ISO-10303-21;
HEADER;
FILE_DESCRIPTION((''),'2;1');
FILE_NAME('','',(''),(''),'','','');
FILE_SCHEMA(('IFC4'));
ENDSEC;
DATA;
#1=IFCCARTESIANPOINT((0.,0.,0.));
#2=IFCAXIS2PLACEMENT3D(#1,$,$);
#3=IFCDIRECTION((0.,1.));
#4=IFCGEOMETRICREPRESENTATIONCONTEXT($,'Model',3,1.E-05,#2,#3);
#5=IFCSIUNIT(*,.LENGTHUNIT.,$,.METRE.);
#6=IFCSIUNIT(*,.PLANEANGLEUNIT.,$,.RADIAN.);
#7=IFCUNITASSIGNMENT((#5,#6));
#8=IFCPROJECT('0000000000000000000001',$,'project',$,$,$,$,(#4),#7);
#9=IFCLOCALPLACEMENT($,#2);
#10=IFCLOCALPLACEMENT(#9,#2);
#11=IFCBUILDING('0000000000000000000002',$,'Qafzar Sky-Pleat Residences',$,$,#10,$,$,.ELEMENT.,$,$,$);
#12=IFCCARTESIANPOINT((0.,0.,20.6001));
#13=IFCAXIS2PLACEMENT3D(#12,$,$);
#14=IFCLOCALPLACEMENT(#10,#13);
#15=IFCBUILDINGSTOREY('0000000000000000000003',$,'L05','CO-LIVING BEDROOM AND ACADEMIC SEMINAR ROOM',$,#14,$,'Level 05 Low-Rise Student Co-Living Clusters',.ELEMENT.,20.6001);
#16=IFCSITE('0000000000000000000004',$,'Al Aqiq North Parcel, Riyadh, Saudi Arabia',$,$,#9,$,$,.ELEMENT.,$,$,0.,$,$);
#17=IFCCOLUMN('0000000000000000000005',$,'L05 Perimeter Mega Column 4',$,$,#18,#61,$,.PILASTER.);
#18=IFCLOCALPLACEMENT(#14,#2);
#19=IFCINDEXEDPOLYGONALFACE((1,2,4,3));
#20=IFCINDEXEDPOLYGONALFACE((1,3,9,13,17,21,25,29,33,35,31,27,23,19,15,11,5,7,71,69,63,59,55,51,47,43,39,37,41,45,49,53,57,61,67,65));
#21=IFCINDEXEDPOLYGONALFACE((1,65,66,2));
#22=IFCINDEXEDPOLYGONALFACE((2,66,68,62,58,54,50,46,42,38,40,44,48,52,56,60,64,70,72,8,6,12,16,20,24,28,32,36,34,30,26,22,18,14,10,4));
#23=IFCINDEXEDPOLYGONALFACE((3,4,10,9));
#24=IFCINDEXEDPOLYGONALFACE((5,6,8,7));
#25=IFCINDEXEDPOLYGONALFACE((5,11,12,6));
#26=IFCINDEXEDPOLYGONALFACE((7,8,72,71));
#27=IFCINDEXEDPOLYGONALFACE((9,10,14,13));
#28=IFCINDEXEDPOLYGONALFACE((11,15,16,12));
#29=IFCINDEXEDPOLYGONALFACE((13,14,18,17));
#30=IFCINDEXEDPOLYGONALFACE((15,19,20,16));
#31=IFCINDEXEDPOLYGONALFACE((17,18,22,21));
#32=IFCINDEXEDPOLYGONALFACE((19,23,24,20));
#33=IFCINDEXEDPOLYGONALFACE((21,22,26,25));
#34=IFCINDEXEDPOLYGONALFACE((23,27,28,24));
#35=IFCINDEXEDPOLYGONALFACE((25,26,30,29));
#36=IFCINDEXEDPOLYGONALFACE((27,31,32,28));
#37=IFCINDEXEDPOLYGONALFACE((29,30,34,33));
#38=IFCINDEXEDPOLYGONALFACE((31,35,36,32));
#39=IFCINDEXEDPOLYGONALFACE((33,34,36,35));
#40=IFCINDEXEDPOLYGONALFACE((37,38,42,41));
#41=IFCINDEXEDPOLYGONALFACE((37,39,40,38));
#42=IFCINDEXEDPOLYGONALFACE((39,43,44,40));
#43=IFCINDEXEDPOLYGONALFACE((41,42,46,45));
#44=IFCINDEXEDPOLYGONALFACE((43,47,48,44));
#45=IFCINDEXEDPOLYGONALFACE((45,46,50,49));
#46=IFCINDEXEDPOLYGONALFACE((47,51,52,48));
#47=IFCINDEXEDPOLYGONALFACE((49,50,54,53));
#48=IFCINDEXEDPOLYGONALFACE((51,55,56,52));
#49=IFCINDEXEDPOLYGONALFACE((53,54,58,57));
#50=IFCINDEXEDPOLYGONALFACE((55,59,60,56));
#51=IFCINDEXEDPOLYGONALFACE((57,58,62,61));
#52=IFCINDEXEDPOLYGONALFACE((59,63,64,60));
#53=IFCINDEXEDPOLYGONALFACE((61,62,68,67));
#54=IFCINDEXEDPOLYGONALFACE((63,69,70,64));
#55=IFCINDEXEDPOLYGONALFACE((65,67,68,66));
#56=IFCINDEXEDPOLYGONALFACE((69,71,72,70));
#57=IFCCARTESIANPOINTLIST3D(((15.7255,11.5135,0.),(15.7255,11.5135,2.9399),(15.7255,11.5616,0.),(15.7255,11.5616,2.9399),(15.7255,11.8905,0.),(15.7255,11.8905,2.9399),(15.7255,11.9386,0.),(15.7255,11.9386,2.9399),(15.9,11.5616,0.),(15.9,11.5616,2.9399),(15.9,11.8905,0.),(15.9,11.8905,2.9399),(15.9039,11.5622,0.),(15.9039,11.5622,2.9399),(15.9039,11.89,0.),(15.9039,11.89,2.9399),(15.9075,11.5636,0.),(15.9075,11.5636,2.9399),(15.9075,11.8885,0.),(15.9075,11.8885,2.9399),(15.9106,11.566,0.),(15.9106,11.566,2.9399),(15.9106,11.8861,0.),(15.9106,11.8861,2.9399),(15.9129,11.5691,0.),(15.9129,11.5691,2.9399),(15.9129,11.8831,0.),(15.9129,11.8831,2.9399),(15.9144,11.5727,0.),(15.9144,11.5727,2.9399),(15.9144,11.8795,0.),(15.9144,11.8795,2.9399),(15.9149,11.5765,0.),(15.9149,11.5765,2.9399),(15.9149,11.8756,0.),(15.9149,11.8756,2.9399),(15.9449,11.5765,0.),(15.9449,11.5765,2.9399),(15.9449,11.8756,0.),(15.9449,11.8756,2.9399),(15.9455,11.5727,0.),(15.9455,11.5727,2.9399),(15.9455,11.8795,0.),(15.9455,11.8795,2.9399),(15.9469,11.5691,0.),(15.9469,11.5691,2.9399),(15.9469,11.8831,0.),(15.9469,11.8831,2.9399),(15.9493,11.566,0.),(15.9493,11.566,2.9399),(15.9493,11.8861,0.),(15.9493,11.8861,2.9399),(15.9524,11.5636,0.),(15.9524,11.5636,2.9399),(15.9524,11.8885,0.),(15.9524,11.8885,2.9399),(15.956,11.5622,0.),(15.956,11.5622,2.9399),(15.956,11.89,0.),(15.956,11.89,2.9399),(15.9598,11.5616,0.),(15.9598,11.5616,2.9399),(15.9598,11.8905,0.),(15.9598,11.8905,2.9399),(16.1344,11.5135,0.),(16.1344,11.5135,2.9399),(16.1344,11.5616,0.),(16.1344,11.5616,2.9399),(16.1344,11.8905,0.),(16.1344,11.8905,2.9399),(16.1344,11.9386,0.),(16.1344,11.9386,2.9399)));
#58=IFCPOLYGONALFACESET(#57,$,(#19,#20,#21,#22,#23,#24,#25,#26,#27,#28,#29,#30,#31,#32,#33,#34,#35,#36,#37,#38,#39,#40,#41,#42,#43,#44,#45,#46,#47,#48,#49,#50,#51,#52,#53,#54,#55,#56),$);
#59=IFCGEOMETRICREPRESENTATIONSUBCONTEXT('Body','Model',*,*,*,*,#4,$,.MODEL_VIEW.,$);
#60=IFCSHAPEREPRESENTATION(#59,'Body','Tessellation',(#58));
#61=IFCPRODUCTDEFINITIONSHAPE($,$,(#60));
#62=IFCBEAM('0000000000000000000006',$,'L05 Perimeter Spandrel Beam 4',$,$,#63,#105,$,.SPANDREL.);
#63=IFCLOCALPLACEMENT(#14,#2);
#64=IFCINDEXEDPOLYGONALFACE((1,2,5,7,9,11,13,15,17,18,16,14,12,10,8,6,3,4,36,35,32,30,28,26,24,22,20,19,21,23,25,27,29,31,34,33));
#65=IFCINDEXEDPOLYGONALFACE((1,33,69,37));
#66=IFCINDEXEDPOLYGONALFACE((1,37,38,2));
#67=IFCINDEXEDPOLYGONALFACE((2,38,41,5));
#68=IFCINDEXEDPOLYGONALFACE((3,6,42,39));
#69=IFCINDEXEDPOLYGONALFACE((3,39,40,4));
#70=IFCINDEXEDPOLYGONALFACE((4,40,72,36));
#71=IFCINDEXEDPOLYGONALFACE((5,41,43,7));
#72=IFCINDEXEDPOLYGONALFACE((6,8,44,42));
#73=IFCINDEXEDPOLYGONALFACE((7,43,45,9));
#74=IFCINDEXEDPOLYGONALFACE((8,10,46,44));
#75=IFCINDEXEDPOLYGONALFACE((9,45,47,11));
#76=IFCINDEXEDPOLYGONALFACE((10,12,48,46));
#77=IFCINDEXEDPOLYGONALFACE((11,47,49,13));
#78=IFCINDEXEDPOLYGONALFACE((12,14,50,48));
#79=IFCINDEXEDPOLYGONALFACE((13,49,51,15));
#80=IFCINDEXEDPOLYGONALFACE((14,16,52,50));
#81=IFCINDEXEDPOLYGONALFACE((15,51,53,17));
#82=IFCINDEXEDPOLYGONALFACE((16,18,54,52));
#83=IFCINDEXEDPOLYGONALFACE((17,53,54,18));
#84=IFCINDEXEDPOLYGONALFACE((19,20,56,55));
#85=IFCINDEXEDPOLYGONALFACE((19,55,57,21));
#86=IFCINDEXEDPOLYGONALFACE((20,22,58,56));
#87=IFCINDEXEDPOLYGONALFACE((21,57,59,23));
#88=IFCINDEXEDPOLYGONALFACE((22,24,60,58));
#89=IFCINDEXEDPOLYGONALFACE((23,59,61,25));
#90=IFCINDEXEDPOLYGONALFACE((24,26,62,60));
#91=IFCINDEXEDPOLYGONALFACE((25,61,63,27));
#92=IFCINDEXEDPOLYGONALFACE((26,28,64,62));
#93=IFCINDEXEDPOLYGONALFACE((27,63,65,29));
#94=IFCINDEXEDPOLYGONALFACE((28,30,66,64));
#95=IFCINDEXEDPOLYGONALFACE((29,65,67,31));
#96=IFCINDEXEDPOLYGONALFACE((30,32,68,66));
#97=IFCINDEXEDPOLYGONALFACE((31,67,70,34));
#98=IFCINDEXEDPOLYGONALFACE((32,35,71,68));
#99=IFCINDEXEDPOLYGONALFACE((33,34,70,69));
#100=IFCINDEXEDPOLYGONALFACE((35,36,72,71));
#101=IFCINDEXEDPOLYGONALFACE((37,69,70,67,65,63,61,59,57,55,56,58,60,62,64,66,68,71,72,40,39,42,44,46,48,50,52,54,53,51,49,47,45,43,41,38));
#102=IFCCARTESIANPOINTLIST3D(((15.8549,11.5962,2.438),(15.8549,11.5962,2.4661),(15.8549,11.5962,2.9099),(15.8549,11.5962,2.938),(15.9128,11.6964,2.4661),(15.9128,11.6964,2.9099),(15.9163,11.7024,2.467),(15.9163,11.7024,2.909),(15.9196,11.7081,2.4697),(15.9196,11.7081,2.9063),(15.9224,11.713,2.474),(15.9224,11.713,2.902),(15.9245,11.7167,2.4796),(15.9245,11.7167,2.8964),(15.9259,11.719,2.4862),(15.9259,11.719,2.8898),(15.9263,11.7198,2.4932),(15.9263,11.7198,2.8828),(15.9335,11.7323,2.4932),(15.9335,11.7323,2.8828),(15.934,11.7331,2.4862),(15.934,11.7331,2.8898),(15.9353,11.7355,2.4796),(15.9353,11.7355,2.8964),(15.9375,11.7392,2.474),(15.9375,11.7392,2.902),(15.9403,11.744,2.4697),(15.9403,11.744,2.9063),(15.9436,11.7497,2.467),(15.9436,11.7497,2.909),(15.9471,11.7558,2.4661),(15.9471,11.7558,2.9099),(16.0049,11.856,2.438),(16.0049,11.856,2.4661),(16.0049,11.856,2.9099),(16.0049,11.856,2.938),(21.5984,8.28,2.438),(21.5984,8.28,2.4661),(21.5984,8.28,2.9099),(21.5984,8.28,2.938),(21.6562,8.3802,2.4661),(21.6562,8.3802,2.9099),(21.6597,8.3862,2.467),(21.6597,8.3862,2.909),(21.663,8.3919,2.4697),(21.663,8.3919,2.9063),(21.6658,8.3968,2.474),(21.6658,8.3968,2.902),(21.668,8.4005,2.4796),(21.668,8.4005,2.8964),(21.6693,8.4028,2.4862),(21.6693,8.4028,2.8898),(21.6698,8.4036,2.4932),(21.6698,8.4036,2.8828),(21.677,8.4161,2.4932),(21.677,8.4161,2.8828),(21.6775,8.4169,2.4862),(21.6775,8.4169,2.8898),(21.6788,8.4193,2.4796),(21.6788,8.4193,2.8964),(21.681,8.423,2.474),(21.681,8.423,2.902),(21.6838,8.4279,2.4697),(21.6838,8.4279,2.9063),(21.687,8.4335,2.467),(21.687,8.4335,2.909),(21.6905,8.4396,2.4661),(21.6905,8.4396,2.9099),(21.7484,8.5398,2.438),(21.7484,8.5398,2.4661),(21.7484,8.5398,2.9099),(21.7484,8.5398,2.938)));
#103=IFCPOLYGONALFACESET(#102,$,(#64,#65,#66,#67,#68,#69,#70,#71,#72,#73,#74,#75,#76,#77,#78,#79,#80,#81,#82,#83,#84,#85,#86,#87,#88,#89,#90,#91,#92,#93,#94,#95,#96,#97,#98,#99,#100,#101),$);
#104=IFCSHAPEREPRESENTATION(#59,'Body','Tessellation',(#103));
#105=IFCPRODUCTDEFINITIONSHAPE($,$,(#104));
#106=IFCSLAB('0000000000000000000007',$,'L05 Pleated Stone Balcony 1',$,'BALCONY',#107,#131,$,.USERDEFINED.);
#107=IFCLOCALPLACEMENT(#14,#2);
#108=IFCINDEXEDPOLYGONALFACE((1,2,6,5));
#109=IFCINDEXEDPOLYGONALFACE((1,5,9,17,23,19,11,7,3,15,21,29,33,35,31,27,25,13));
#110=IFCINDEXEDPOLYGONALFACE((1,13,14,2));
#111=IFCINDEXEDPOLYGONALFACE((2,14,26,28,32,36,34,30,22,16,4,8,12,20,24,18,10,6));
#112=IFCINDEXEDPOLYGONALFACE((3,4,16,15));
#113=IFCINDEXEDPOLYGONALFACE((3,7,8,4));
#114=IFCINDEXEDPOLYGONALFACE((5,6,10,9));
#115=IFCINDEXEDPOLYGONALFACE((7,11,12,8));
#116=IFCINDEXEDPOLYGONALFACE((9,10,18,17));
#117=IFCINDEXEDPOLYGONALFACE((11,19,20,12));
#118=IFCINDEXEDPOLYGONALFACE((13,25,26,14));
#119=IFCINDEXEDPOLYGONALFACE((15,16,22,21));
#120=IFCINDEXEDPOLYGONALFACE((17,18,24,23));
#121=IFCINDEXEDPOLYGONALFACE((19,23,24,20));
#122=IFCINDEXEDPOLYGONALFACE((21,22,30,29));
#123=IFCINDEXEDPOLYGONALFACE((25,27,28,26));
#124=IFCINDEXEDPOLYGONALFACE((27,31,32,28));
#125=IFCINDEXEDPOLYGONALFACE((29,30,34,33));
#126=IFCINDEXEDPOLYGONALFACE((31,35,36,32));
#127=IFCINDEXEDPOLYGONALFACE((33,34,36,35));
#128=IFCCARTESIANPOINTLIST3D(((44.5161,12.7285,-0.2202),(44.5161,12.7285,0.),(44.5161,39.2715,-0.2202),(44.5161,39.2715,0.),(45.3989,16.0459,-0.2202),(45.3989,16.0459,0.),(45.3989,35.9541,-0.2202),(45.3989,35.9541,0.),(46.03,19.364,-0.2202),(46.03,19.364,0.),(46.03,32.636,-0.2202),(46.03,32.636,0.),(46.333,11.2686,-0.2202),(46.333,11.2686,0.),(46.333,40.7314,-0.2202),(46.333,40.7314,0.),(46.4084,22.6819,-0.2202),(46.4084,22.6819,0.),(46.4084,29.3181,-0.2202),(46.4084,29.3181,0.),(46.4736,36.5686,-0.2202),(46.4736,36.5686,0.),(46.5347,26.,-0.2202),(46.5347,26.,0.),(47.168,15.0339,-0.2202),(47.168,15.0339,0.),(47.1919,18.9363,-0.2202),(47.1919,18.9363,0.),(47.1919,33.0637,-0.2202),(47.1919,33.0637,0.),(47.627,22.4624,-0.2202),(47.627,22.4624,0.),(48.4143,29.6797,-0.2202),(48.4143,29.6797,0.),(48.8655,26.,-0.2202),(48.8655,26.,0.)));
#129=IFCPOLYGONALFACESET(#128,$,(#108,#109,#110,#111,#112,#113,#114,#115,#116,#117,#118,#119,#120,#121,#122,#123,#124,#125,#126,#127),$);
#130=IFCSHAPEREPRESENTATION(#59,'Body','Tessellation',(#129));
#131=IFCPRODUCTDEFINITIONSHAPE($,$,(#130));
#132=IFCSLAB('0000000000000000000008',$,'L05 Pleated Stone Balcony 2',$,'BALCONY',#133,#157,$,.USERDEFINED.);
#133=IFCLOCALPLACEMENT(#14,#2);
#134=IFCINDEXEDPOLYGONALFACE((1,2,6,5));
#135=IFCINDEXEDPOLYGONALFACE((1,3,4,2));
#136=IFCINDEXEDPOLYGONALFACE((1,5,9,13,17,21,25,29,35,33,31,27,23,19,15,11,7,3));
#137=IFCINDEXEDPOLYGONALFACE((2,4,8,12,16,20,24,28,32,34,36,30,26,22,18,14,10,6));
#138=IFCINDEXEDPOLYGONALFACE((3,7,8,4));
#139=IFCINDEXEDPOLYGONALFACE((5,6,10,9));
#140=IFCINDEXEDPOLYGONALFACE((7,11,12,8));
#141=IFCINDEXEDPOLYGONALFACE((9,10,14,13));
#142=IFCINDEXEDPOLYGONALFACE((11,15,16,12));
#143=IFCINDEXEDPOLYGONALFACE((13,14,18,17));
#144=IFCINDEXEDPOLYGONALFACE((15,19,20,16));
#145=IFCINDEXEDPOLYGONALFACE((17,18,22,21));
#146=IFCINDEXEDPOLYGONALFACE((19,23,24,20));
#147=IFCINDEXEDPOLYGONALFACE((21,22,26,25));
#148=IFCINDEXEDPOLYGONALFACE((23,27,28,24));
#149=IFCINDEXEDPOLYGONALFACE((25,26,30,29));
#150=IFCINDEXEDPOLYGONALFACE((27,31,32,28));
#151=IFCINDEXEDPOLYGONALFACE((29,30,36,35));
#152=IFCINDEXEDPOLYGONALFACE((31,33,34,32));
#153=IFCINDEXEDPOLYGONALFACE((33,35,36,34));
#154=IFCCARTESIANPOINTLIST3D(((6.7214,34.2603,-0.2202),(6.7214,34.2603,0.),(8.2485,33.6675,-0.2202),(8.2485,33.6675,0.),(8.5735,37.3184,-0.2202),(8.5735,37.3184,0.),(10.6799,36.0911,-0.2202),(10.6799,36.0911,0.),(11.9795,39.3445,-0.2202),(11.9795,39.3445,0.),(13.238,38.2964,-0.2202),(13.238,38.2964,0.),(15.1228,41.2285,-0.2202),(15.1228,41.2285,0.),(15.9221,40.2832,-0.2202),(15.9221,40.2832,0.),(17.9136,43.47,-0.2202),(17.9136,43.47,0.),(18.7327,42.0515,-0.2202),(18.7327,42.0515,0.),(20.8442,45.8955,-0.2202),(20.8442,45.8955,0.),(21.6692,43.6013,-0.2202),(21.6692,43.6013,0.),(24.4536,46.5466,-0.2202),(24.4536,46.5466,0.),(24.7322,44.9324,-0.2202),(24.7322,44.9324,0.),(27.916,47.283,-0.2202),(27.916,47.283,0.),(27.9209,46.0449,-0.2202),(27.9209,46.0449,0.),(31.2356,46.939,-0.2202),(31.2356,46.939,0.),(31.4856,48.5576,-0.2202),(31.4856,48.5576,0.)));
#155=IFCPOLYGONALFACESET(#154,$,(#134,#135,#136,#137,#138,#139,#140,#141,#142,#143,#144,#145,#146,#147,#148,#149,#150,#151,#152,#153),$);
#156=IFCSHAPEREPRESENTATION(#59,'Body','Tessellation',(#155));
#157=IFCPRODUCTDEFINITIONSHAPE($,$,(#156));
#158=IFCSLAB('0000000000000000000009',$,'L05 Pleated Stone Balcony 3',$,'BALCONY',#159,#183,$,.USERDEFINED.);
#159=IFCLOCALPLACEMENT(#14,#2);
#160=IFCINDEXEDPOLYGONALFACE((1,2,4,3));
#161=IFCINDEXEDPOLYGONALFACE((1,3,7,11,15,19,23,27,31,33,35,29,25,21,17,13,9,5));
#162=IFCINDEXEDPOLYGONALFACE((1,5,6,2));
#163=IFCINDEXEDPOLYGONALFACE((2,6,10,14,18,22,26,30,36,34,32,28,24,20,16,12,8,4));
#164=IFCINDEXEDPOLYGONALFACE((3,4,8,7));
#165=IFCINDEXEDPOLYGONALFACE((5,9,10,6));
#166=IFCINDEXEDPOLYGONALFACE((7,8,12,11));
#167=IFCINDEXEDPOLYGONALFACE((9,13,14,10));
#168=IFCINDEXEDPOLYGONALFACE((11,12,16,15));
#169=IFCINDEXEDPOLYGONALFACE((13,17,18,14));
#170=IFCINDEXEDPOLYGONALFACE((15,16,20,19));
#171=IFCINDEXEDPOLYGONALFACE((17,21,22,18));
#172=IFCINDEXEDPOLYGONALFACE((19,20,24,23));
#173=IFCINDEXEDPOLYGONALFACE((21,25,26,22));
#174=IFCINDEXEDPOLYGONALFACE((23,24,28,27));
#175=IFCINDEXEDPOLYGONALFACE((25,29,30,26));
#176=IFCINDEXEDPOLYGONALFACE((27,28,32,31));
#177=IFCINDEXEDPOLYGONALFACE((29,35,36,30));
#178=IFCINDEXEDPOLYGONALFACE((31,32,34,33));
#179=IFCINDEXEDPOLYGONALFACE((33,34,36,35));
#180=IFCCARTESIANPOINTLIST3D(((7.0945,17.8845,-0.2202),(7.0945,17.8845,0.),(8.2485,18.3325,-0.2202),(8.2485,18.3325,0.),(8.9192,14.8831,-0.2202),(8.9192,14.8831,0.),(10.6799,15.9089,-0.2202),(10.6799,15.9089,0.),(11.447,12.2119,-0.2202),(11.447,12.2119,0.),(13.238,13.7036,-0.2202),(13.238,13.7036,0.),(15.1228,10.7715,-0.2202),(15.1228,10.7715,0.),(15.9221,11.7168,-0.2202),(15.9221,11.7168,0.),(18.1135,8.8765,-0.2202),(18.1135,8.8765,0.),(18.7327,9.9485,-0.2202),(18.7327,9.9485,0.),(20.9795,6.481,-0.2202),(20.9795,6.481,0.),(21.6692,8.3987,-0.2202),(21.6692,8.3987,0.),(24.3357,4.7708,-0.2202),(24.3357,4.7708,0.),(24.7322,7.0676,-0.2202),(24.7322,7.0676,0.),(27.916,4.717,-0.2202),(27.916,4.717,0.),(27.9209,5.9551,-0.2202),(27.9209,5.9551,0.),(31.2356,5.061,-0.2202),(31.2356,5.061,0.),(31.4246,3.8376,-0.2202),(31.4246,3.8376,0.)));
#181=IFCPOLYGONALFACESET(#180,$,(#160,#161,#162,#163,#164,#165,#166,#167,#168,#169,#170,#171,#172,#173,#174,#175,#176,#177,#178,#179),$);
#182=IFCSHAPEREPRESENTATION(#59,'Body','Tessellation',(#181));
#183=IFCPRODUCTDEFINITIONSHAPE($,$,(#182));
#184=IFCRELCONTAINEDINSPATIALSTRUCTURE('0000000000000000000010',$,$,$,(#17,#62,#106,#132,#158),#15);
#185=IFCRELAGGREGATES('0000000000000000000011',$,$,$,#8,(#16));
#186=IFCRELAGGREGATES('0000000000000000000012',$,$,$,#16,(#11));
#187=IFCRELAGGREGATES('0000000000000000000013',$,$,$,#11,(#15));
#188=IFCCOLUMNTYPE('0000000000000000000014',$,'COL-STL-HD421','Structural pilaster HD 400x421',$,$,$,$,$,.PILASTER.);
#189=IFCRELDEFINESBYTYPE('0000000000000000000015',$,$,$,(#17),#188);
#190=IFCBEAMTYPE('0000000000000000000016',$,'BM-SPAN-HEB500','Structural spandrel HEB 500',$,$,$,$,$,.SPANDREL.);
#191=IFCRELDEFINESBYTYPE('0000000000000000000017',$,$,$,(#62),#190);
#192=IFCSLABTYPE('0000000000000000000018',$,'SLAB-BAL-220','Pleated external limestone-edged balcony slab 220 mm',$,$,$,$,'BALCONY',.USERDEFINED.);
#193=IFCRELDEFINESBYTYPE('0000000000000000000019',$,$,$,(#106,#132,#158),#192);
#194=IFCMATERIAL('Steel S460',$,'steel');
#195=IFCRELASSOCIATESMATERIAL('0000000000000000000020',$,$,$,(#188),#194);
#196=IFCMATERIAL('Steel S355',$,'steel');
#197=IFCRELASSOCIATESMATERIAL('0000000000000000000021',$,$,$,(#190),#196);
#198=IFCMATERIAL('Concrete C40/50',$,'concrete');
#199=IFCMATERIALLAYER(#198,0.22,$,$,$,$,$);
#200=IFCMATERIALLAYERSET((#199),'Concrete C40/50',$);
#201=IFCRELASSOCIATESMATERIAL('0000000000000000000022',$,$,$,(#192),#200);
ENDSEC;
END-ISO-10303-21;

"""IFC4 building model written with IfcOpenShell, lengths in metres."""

from ifc_helpers import new_model, si_unit, direction, frame, origin, origin_2d, place, context, subcontext, project, spatial, polyline, i_section, outline, extrude, source, transform, mapped, material, layer, layer_set, material_profile, profile_set, type_object, element, save


model = new_model("IFC4")

# Units and contexts
model_context = context("Model", 3, precision=1e-05, world=origin(), true_north=direction((0.0, 1.0)))
body_context = subcontext(model_context, "Body", "Model", "MODEL_VIEW")
ifc_project = project(units=[si_unit("LENGTHUNIT", "METRE"), si_unit("PLANEANGLEUNIT", "RADIAN")], contexts=[model_context])

# Site, building, storey
site_placement = place(None, origin())
site = spatial("IfcSite", under=ifc_project, at=site_placement, Name="Al Aqiq North Parcel, Riyadh, Saudi Arabia", CompositionType="ELEMENT", RefElevation=0.0)
building_placement = place(site_placement, origin())
building = spatial("IfcBuilding", under=site, at=building_placement, Name="Qafzar Sky-Pleat Residences", CompositionType="ELEMENT")
storey_placement = place(building_placement, frame((0.0, 0.0, 20.6001)))
storey = spatial("IfcBuildingStorey", under=building, at=storey_placement, Name="L05", Description="CO-LIVING BEDROOM AND ACADEMIC SEMINAR ROOM", LongName="Level 05 Low-Rise Student Co-Living Clusters", CompositionType="ELEMENT", Elevation=20.6001)

# Column
ifc_material_1 = material(Name="Steel S460", Category="steel")
ifc_material_profile_1 = material_profile(ifc_material_1, i_section(OverallWidth=0.4089, OverallDepth=0.425, WebThickness=0.03, FlangeThickness=0.0481, FilletRadius=0.0149, at=origin_2d()), Name="HD 400x421")
ifc_profile_set_1 = profile_set([ifc_material_profile_1], Name="Steel S460")
column_type = type_object("IfcColumnType", Name="COL-STL-HD421", Description="Structural pilaster HD 400x421", PredefinedType="PILASTER", material=ifc_profile_set_1)
shared_shape_1 = source(origin(), body_context, "Body", "SweptSolid", [
    extrude(i_section(OverallWidth=0.4089, OverallDepth=0.425, WebThickness=0.03, FlangeThickness=0.0481, FilletRadius=0.0149, at=origin_2d()), origin(), (0.0, 0.0, 1.0), 2.9399),
])
column_placement = place(storey_placement, frame((15.9299, 11.7261, 0.0), z_axis=(0.0, 0.0, 1.0), x_axis=(1.0, 0.0, 0.0)))
element("IfcColumn", 1, at=column_placement, inside=storey, type_object=column_type, Name="L05 Perimeter Mega Column 4", PredefinedType="PILASTER", context=body_context, shape_type="MappedRepresentation", body=[
    mapped(shared_shape_1, transform((0.0, 0.0, 0.0), x_axis=(1.0, 0.0, 0.0), y_axis=(0.0, 1.0, 0.0), z_axis=(0.0, 0.0, 1.0), scale=1.0)),
])

# Beam
ifc_material_2 = material(Name="Steel S355", Category="steel")
ifc_material_profile_2 = material_profile(ifc_material_2, i_section(OverallWidth=0.3, OverallDepth=0.5, WebThickness=0.0144, FlangeThickness=0.0281, FilletRadius=0.0271, at=origin_2d()), Name="HEB 500")
ifc_profile_set_2 = profile_set([ifc_material_profile_2], Name="Steel S355")
beam_type = type_object("IfcBeamType", Name="BM-SPAN-HEB500", Description="Structural spandrel HEB 500", PredefinedType="SPANDREL", material=ifc_profile_set_2)
shared_shape_2 = source(origin(), body_context, "Body", "SweptSolid", [
    extrude(i_section(OverallWidth=0.3, OverallDepth=0.5, WebThickness=0.0144, FlangeThickness=0.0281, FilletRadius=0.0271, at=origin_2d()), origin(), (0.0, 0.0, 1.0), 6.6321),
])
beam_placement = place(storey_placement, frame((15.9299, 11.7261, 2.688), z_axis=(0.866012, -0.500023, 0.0), x_axis=(0.500023, 0.866012, 0.0)))
element("IfcBeam", 2, at=beam_placement, inside=storey, type_object=beam_type, Name="L05 Perimeter Spandrel Beam 4", PredefinedType="SPANDREL", context=body_context, shape_type="MappedRepresentation", body=[
    mapped(shared_shape_2, transform((0.0, 0.0, 0.0), x_axis=(1.0, 0.0, 0.0), y_axis=(0.0, 1.0, 0.0), z_axis=(0.0, 0.0, 1.0), scale=1.0)),
])

# Slabs
ifc_material_3 = material(Name="Concrete C40/50", Category="concrete")
ifc_layer_1 = layer(ifc_material_3, 0.22)
ifc_layer_set_1 = layer_set([ifc_layer_1], Name="Concrete C40/50")
slab_type_1 = type_object("IfcSlabType", Name="SLAB-BAL-220", Description="Pleated external limestone-edged balcony slab 220 mm", ElementType="BALCONY", PredefinedType="USERDEFINED", material=ifc_layer_set_1)
slab_1_placement = place(storey_placement, frame((0.0, 0.0, -0.2202)))
element("IfcSlab", 3, at=slab_1_placement, inside=storey, type_object=slab_type_1, Name="L05 Pleated Stone Balcony 1", ObjectType="BALCONY", PredefinedType="USERDEFINED", context=body_context, shape_type="SweptSolid", body=[
    extrude(outline(polyline([(45.3989, 16.0459), (46.03, 19.364), (46.4084, 22.6819), (46.5347, 26.0), (46.4084, 29.3181), (46.03, 32.636), (45.3989, 35.9541), (44.5161, 39.2715), (46.333, 40.7314), (46.4736, 36.5686), (47.1919, 33.0637), (48.4143, 29.6797), (48.8655, 26.0), (47.627, 22.4624), (47.1919, 18.9363), (47.168, 15.0339), (46.333, 11.2686), (44.5161, 12.7285), (45.3989, 16.0459)])), origin(), (0.0, 0.0, 1.0), 0.2202),
])
slab_2_placement = place(storey_placement, frame((0.0, 0.0, -0.2202)))
element("IfcSlab", 4, at=slab_2_placement, inside=storey, type_object=slab_type_1, Name="L05 Pleated Stone Balcony 2", ObjectType="BALCONY", PredefinedType="USERDEFINED", context=body_context, shape_type="SweptSolid", body=[
    extrude(outline(polyline([(27.9209, 46.0449), (24.7322, 44.9324), (21.6692, 43.6013), (18.7327, 42.0515), (15.9221, 40.2832), (13.238, 38.2964), (10.6799, 36.0911), (8.2485, 33.6675), (6.7214, 34.2603), (8.5735, 37.3184), (11.9795, 39.3445), (15.1228, 41.2285), (17.9136, 43.47), (20.8442, 45.8955), (24.4536, 46.5466), (27.916, 47.283), (31.4856, 48.5576), (31.2356, 46.939), (27.9209, 46.0449)])), origin(), (0.0, 0.0, 1.0), 0.2202),
])
slab_3_placement = place(storey_placement, frame((0.0, 0.0, -0.2202)))
element("IfcSlab", 5, at=slab_3_placement, inside=storey, type_object=slab_type_1, Name="L05 Pleated Stone Balcony 3", ObjectType="BALCONY", PredefinedType="USERDEFINED", context=body_context, shape_type="SweptSolid", body=[
    extrude(outline(polyline([(10.6799, 15.9089), (13.238, 13.7036), (15.9221, 11.7168), (18.7327, 9.9485), (21.6692, 8.3987), (24.7322, 7.0676), (27.9209, 5.9551), (31.2356, 5.061), (31.4246, 3.8376), (27.916, 4.717), (24.3357, 4.7708), (20.9795, 6.481), (18.1135, 8.8765), (15.1228, 10.7715), (11.447, 12.2119), (8.9192, 14.8831), (7.0945, 17.8845), (8.2485, 18.3325), (10.6799, 15.9089)])), origin(), (0.0, 0.0, 1.0), 0.2202),
])

save(model, "model.ifc")
